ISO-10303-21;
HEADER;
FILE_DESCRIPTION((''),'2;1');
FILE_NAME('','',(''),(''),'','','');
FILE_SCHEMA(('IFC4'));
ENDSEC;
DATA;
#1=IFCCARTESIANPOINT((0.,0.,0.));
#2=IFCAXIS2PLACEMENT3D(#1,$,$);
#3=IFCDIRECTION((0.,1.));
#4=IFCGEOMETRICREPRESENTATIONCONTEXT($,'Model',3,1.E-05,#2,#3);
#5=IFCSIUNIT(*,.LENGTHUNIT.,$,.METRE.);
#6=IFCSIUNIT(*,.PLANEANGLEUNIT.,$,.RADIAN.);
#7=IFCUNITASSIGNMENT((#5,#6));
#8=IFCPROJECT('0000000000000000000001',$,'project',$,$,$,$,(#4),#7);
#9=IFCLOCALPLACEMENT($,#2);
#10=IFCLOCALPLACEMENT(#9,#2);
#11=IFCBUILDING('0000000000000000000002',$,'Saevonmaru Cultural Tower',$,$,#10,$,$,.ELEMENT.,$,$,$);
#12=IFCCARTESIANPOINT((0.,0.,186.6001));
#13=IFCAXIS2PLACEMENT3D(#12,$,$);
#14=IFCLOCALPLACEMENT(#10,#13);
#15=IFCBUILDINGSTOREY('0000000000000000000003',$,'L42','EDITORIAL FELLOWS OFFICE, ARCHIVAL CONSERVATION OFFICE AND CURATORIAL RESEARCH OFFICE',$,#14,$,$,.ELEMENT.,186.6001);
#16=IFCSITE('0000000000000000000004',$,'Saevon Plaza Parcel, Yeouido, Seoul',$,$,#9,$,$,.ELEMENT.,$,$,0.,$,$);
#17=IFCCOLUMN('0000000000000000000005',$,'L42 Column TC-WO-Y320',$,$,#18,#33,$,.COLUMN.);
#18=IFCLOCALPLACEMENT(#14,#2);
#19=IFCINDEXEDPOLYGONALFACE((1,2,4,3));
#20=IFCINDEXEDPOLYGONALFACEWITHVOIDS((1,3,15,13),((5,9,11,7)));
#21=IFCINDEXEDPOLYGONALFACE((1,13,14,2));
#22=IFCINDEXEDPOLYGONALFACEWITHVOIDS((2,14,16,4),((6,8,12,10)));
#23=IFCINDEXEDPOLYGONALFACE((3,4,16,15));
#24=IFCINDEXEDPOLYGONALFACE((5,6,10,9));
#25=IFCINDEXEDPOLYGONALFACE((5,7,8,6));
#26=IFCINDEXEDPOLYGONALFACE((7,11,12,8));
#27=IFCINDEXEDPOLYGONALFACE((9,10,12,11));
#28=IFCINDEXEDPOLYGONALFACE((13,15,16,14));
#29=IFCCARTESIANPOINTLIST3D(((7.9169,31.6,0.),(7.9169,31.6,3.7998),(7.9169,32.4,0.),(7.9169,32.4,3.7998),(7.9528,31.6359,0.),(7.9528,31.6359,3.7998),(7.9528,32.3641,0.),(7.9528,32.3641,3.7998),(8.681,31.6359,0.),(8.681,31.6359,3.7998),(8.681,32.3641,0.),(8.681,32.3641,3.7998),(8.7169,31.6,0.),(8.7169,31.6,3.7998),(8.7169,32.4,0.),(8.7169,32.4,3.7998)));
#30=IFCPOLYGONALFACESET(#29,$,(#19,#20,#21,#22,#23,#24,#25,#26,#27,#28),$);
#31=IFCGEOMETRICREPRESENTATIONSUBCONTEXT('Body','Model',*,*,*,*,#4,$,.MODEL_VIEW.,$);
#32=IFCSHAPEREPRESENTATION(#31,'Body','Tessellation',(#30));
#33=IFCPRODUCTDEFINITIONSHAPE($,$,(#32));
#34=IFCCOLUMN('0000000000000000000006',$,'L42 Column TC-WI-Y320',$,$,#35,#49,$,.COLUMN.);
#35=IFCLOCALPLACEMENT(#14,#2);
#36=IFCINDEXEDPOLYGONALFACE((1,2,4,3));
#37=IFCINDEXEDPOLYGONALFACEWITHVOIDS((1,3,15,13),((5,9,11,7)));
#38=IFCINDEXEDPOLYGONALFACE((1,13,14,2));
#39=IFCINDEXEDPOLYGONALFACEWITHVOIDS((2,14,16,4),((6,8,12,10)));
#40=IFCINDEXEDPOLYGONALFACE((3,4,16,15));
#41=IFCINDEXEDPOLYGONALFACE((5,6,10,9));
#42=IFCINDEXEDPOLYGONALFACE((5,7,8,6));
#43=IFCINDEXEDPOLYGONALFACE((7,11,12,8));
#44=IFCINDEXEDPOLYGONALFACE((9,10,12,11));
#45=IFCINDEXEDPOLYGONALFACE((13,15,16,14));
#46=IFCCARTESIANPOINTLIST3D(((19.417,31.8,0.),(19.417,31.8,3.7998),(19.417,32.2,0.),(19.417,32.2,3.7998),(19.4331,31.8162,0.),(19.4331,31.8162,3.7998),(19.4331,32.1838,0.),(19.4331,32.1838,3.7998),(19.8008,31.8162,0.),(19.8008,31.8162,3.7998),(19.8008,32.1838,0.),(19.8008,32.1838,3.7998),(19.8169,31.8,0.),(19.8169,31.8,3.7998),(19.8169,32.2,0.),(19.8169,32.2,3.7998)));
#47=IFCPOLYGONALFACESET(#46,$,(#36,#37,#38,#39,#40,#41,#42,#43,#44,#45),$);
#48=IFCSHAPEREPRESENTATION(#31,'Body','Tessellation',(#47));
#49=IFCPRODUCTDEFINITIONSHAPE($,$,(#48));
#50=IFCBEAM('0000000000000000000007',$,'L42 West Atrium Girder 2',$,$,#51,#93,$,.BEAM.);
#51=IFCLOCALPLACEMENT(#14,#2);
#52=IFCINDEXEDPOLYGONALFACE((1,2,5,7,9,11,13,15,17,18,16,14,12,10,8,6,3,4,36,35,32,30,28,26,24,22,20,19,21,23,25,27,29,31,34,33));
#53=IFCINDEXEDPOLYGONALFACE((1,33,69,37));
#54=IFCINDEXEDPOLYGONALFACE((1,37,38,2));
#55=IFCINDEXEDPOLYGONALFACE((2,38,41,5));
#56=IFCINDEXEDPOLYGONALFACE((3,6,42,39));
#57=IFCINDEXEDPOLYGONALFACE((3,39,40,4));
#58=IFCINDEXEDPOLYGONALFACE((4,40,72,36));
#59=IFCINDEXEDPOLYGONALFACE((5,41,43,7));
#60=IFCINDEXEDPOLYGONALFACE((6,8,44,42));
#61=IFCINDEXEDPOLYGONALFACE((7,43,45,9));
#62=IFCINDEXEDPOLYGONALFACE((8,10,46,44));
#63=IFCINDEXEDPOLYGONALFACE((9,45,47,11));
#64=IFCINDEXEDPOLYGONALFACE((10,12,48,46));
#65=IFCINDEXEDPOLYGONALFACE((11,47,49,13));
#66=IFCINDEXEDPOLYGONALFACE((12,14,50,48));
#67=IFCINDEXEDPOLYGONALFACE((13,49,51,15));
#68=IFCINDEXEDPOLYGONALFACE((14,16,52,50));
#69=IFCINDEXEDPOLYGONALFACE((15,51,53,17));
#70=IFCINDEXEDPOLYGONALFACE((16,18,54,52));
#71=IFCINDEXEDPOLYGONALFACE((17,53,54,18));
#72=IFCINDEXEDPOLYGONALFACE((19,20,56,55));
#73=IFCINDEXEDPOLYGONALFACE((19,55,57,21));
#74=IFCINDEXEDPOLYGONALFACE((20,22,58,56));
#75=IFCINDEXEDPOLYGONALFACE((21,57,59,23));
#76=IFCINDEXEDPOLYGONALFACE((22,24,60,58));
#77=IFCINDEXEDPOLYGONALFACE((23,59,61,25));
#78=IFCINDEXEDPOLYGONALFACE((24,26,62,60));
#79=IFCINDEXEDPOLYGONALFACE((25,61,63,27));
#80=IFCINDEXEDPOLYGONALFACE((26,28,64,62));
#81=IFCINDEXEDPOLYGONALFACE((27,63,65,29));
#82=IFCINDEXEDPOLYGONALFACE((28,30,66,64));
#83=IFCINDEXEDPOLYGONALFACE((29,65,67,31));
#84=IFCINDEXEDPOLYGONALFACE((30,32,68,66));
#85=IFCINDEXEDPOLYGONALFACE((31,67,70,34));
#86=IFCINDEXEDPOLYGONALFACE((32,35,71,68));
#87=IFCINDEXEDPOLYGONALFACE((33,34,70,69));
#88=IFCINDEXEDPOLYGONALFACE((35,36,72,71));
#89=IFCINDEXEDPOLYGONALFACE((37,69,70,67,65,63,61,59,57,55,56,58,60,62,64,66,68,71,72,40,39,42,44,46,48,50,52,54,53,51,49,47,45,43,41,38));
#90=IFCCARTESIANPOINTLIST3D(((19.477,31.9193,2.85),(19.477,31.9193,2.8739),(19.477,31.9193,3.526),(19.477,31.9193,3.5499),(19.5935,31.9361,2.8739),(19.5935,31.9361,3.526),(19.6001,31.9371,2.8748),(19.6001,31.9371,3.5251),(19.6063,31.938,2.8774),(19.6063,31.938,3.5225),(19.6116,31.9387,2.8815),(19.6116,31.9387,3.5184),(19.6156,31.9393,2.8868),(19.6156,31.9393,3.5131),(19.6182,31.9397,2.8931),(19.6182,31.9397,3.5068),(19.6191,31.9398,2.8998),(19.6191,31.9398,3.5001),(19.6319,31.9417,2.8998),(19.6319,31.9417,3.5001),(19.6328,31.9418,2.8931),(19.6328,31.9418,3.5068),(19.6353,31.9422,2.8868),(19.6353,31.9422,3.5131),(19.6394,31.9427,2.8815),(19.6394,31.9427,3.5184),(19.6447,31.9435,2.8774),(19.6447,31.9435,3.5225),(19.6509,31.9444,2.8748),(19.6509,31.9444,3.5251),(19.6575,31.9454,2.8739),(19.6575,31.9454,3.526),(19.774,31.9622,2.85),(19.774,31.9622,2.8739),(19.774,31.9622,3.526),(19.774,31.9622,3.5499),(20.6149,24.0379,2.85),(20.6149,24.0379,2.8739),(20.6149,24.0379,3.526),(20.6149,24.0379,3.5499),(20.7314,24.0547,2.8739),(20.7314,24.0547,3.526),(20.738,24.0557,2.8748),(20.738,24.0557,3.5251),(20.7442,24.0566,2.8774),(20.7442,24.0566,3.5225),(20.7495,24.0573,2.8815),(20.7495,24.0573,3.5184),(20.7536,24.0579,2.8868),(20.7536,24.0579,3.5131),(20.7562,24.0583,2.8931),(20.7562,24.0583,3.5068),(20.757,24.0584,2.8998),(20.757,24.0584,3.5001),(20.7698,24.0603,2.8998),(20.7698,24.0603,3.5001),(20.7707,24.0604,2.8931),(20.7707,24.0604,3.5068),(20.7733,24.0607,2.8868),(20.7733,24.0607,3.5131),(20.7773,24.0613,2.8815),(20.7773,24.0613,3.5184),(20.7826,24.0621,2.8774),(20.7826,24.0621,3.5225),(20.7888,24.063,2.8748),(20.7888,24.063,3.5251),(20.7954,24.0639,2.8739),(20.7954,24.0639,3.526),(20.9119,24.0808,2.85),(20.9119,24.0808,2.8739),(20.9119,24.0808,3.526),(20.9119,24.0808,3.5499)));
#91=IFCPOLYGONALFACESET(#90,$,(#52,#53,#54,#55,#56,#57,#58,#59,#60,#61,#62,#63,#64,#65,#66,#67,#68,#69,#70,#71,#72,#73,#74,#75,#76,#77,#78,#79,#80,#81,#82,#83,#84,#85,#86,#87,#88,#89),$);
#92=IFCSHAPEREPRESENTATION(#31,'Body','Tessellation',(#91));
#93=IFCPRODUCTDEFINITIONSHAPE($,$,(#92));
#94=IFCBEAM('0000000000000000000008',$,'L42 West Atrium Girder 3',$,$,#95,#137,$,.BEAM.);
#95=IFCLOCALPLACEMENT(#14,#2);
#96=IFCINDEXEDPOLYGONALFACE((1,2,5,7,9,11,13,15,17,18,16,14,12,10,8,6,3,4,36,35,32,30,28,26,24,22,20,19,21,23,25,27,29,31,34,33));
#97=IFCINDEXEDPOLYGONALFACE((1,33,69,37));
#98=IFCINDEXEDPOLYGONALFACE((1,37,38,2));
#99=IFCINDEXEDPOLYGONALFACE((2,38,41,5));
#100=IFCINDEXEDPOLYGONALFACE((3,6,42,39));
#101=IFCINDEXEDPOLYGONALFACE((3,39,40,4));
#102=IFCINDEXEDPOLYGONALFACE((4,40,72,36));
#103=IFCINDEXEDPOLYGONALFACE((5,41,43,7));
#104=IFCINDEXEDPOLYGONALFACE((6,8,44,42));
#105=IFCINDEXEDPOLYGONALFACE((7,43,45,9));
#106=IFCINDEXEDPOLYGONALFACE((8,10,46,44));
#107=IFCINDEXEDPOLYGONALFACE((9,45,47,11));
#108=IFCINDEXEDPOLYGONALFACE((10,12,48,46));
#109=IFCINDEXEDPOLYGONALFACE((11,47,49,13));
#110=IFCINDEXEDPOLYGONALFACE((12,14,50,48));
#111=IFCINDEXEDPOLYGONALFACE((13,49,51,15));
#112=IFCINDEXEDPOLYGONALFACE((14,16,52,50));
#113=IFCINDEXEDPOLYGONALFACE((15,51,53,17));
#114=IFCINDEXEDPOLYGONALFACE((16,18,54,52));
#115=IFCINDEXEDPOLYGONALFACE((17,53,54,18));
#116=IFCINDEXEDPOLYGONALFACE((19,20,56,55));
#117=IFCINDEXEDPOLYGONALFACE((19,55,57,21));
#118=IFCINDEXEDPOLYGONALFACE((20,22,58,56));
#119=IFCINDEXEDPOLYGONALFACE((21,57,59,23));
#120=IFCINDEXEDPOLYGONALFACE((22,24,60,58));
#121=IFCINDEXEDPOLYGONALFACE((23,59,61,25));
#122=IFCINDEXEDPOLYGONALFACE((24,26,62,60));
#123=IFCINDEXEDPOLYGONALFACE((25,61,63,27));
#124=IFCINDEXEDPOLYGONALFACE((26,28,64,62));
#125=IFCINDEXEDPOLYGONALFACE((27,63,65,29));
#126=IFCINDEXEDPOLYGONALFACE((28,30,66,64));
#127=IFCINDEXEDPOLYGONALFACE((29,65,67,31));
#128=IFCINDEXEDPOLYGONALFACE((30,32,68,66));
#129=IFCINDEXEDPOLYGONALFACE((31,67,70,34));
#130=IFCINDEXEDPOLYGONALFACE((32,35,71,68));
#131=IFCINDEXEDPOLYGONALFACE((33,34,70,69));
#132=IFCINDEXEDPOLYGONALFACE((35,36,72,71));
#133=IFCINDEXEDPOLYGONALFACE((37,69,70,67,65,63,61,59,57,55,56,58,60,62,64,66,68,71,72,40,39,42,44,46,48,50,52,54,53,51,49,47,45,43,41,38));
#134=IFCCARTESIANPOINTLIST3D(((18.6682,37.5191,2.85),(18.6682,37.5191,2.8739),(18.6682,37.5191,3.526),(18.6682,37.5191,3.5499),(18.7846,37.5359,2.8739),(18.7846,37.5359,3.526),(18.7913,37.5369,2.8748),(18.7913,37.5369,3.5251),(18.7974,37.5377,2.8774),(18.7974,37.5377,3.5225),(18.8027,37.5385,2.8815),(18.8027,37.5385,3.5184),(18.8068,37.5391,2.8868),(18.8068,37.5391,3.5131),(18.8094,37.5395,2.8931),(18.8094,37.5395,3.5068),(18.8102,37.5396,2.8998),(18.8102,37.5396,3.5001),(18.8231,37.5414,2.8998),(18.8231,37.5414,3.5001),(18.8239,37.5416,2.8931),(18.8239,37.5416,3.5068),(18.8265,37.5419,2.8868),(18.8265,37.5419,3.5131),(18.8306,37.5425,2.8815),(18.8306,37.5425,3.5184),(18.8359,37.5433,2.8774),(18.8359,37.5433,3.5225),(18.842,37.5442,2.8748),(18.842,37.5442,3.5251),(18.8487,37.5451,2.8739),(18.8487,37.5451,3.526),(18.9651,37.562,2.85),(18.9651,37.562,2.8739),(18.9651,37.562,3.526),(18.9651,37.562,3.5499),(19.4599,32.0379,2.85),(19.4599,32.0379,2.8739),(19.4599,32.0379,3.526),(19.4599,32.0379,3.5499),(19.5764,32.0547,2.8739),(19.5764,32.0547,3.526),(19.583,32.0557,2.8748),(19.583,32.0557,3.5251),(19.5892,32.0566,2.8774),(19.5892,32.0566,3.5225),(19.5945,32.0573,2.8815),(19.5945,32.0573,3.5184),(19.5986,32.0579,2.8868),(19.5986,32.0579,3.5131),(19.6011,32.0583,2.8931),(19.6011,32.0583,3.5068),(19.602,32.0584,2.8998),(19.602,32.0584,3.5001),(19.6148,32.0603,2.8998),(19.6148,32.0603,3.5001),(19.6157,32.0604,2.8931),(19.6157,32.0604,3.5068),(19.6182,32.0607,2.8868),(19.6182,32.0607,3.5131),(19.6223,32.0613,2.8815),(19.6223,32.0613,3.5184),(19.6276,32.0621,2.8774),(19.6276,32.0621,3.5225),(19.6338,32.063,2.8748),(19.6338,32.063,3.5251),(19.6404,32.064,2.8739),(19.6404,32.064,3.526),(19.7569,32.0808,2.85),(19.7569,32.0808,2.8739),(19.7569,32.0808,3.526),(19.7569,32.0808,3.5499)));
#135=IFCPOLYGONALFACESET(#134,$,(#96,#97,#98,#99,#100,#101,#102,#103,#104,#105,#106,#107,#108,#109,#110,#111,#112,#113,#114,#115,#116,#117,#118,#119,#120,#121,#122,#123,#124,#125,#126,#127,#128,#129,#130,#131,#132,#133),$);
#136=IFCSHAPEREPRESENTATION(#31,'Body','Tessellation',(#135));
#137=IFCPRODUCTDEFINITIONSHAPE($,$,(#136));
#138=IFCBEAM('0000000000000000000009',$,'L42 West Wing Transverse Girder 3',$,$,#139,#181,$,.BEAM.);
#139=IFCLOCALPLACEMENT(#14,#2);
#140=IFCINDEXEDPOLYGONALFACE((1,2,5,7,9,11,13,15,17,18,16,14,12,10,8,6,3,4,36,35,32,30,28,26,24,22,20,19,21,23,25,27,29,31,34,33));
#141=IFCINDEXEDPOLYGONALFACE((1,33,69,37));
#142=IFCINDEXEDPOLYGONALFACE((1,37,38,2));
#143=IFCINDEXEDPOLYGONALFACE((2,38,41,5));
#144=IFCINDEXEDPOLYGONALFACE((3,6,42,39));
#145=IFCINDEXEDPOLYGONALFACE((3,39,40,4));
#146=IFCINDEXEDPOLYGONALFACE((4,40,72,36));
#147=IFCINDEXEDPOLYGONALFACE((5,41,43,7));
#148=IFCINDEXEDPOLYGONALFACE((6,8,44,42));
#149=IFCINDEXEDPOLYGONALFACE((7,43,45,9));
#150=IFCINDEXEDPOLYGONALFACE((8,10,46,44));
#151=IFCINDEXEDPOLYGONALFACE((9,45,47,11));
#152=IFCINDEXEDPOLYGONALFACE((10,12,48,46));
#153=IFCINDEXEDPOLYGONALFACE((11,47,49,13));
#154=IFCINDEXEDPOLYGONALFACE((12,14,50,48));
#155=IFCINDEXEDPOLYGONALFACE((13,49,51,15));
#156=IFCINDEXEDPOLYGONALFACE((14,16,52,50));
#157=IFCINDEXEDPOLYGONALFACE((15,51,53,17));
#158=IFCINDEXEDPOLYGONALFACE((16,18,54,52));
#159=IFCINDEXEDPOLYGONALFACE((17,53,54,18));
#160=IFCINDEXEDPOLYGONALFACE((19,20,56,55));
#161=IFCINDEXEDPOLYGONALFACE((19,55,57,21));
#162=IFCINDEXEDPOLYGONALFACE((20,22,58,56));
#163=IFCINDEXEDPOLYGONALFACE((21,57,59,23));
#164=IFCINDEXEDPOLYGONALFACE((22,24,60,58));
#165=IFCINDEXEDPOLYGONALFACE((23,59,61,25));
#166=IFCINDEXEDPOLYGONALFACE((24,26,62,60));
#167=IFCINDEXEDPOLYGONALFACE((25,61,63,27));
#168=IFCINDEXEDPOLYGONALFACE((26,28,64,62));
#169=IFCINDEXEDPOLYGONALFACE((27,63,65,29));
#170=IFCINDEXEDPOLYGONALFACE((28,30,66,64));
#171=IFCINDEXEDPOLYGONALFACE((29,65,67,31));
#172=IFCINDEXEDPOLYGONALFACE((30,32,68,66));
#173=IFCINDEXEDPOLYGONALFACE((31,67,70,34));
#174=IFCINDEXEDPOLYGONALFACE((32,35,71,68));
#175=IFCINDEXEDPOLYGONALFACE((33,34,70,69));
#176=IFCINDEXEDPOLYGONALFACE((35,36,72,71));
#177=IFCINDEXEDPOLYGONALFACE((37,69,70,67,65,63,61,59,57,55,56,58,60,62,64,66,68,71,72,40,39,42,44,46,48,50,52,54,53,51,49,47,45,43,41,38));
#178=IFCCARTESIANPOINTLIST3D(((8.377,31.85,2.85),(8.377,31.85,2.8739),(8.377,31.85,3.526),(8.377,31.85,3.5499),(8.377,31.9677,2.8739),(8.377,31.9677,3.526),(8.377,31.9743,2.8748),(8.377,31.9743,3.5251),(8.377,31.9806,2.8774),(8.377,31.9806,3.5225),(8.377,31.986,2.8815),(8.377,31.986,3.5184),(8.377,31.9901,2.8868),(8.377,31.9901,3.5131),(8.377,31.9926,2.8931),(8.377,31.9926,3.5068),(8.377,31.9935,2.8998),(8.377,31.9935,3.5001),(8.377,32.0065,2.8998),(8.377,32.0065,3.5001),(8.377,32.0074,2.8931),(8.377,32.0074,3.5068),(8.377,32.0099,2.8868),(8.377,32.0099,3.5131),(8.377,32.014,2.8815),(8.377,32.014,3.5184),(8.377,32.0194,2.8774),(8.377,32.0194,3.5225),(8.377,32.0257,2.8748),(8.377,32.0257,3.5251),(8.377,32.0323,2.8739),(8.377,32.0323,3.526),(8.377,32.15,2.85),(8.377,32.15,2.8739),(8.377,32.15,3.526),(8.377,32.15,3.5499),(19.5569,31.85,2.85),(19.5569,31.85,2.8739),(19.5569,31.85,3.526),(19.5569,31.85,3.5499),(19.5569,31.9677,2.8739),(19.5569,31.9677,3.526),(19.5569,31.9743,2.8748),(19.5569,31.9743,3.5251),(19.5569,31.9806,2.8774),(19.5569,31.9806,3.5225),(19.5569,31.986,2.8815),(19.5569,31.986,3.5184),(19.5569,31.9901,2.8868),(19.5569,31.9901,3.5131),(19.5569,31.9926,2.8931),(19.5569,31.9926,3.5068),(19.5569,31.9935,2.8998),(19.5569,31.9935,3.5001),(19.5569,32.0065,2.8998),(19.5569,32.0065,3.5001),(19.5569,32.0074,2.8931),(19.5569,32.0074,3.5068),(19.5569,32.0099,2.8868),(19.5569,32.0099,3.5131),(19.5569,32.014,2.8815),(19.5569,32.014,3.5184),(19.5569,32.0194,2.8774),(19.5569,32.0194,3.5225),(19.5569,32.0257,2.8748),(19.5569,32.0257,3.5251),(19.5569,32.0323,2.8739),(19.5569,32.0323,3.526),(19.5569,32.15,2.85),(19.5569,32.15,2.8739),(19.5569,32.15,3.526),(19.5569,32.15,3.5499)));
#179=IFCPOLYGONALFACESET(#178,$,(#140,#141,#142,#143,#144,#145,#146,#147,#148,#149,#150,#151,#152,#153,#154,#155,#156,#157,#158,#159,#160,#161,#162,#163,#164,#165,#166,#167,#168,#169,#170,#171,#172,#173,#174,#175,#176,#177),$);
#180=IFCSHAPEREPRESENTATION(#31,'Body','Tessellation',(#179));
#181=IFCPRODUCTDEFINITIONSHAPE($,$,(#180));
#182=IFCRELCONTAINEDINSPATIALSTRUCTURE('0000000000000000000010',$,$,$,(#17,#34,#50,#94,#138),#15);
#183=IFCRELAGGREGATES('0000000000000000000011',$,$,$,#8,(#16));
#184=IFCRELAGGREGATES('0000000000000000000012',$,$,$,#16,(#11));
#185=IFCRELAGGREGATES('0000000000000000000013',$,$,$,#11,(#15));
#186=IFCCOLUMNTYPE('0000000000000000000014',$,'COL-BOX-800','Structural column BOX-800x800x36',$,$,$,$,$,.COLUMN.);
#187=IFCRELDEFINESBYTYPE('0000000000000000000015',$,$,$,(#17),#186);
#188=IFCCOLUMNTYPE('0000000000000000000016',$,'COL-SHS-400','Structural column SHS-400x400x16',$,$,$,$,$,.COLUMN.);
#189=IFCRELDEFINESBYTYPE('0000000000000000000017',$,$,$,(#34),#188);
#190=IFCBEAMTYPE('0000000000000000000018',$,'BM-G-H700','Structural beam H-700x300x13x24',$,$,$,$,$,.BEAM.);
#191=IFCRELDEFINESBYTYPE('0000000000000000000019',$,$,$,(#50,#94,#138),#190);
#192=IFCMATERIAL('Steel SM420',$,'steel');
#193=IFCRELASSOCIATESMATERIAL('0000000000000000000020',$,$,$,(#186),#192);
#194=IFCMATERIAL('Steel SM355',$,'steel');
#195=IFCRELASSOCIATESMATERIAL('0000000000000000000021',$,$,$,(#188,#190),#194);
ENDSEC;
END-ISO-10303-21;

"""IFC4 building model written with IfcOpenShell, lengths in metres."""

from ifc_helpers import new_model, si_unit, direction, frame, origin, origin_2d, place, context, subcontext, project, spatial, hollow_rectangle, i_section, extrude, material, material_profile, profile_set, type_object, element, save


model = new_model("IFC4")

# Units and contexts
model_context = context("Model", 3, precision=1e-05, world=origin(), true_north=direction((0.0, 1.0)))
body_context = subcontext(model_context, "Body", "Model", "MODEL_VIEW")
ifc_project = project(units=[si_unit("LENGTHUNIT", "METRE"), si_unit("PLANEANGLEUNIT", "RADIAN")], contexts=[model_context])

# Site, building, storey
site_placement = place(None, origin())
site = spatial("IfcSite", under=ifc_project, at=site_placement, Name="Saevon Plaza Parcel, Yeouido, Seoul", CompositionType="ELEMENT", RefElevation=0.0)
building_placement = place(site_placement, origin())
building = spatial("IfcBuilding", under=site, at=building_placement, Name="Saevonmaru Cultural Tower", CompositionType="ELEMENT")
storey_placement = place(building_placement, frame((0.0, 0.0, 186.6001)))
storey = spatial("IfcBuildingStorey", under=building, at=storey_placement, Name="L42", Description="EDITORIAL FELLOWS OFFICE, ARCHIVAL CONSERVATION OFFICE AND CURATORIAL RESEARCH OFFICE", CompositionType="ELEMENT", Elevation=186.6001)

# Columns
ifc_material_1 = material(Name="Steel SM420", Category="steel")
ifc_material_profile_1 = material_profile(ifc_material_1, hollow_rectangle(XDim=0.8, YDim=0.8, WallThickness=0.0359, at=origin_2d()), Name="BOX-800x800x36")
ifc_profile_set_1 = profile_set([ifc_material_profile_1], Name="Steel SM420")
column_type_1 = type_object("IfcColumnType", Name="COL-BOX-800", Description="Structural column BOX-800x800x36", PredefinedType="COLUMN", material=ifc_profile_set_1)
column_1_placement = place(storey_placement, frame((8.3169, 32.0, 0.0), z_axis=(0.0, 0.0, 1.0), x_axis=(1.0, 0.0, 0.0)))
element("IfcColumn", 1, at=column_1_placement, inside=storey, type_object=column_type_1, Name="L42 Column TC-WO-Y320", PredefinedType="COLUMN", context=body_context, shape_type="SweptSolid", body=[
    extrude(hollow_rectangle(XDim=0.8, YDim=0.8, WallThickness=0.0359, at=origin_2d()), origin(), (0.0, 0.0, 1.0), 3.7998),
])
ifc_material_2 = material(Name="Steel SM355", Category="steel")
ifc_material_profile_2 = material_profile(ifc_material_2, hollow_rectangle(XDim=0.3999, YDim=0.3999, WallThickness=0.0161, at=origin_2d()), Name="SHS-400x400x16")
ifc_profile_set_2 = profile_set([ifc_material_profile_2], Name="Steel SM355")
column_type_2 = type_object("IfcColumnType", Name="COL-SHS-400", Description="Structural column SHS-400x400x16", PredefinedType="COLUMN", material=ifc_profile_set_2)
column_2_placement = place(storey_placement, frame((19.6169, 32.0, 0.0), z_axis=(0.0, 0.0, 1.0), x_axis=(1.0, 0.0, 0.0)))
element("IfcColumn", 2, at=column_2_placement, inside=storey, type_object=column_type_2, Name="L42 Column TC-WI-Y320", PredefinedType="COLUMN", context=body_context, shape_type="SweptSolid", body=[
    extrude(hollow_rectangle(XDim=0.3999, YDim=0.3999, WallThickness=0.0161, at=origin_2d()), origin(), (0.0, 0.0, 1.0), 3.7998),
])

# Beams
ifc_material_profile_3 = material_profile(ifc_material_2, i_section(OverallWidth=0.3, OverallDepth=0.7, WebThickness=0.0129, FlangeThickness=0.0239, FilletRadius=0.0259, at=origin_2d()), Name="H-700x300x13x24")
ifc_profile_set_3 = profile_set([ifc_material_profile_3], Name="Steel SM355")
beam_type_1 = type_object("IfcBeamType", Name="BM-G-H700", Description="Structural beam H-700x300x13x24", PredefinedType="BEAM", material=ifc_profile_set_3)
beam_1_placement = place(storey_placement, frame((20.7634, 24.0593, 3.2), z_axis=(-0.142902, 0.989737, 0.0), x_axis=(-0.989737, -0.142902, 0.0)))
element("IfcBeam", 3, at=beam_1_placement, inside=storey, type_object=beam_type_1, Name="L42 West Atrium Girder 2", PredefinedType="BEAM", context=body_context, shape_type="SweptSolid", body=[
    extrude(i_section(OverallWidth=0.3, OverallDepth=0.7, WebThickness=0.0129, FlangeThickness=0.0239, FilletRadius=0.0259, at=origin_2d()), origin(), (0.0, 0.0, 1.0), 7.9631),
])
beam_2_placement = place(storey_placement, frame((19.6084, 32.0593, 3.2), z_axis=(-0.142964, 0.989728, 0.0), x_axis=(-0.989728, -0.142964, 0.0)))
element("IfcBeam", 4, at=beam_2_placement, inside=storey, type_object=beam_type_1, Name="L42 West Atrium Girder 3", PredefinedType="BEAM", context=body_context, shape_type="SweptSolid", body=[
    extrude(i_section(OverallWidth=0.3, OverallDepth=0.7, WebThickness=0.0129, FlangeThickness=0.0239, FilletRadius=0.0259, at=origin_2d()), origin(), (0.0, 0.0, 1.0), 5.5381),
])
beam_3_placement = place(storey_placement, frame((8.377, 32.0, 3.2), z_axis=(1.0, 0.0, 0.0), x_axis=(0.0, 1.0, 0.0)))
element("IfcBeam", 5, at=beam_3_placement, inside=storey, type_object=beam_type_1, Name="L42 West Wing Transverse Girder 3", PredefinedType="BEAM", context=body_context, shape_type="SweptSolid", body=[
    extrude(i_section(OverallWidth=0.3, OverallDepth=0.7, WebThickness=0.0129, FlangeThickness=0.0239, FilletRadius=0.0259, at=origin_2d()), origin(), (0.0, 0.0, 1.0), 11.1799),
])

save(model, "model.ifc")
